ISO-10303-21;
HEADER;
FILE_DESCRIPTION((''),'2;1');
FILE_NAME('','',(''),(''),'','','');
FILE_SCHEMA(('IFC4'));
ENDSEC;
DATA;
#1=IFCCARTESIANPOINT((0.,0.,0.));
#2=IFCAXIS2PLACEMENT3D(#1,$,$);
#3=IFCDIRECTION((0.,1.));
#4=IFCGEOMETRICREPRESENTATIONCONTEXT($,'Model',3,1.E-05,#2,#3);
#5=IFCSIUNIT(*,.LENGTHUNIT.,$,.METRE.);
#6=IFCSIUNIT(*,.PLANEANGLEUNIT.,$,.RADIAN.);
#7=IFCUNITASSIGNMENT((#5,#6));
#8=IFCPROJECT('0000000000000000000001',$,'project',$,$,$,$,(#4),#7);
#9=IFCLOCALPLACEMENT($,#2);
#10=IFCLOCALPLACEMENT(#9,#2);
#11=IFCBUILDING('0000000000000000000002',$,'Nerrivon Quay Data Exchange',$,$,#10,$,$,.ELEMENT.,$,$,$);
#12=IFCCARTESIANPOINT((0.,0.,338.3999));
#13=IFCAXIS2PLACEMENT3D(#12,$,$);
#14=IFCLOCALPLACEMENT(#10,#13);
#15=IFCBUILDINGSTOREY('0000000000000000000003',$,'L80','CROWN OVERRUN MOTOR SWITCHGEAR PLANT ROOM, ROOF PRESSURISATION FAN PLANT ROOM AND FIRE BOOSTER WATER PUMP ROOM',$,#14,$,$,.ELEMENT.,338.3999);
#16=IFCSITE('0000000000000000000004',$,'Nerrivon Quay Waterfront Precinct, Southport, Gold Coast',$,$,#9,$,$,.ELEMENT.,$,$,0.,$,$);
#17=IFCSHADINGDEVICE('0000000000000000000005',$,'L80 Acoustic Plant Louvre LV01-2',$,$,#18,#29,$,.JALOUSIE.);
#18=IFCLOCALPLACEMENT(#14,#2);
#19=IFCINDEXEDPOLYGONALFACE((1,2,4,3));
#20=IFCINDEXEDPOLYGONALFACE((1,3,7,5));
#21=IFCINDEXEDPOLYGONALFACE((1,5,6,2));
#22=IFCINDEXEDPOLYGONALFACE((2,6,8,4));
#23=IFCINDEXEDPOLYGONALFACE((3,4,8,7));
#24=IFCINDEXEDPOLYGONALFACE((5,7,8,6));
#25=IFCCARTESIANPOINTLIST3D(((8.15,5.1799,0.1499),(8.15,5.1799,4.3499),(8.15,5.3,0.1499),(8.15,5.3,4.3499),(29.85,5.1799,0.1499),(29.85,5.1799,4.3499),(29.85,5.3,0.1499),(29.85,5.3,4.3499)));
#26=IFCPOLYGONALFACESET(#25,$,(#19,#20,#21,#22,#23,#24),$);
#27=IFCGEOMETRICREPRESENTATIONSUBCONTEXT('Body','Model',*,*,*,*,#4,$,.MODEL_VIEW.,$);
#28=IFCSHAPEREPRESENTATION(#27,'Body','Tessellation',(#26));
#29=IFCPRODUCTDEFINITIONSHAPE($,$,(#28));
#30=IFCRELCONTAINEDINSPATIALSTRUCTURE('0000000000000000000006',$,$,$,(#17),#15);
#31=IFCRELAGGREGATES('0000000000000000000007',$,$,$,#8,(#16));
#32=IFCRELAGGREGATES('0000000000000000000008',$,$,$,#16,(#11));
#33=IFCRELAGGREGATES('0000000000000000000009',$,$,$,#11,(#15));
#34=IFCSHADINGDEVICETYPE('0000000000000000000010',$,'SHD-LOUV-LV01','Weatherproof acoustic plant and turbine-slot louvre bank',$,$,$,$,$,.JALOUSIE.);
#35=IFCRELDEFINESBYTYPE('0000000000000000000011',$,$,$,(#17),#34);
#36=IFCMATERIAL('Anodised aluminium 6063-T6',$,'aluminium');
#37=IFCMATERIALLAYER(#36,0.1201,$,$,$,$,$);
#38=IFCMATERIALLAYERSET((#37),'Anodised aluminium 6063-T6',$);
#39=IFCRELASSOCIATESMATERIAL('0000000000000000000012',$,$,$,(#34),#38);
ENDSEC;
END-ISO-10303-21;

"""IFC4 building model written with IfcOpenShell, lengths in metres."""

from ifc_helpers import new_model, si_unit, direction, frame, origin, origin_2d, place, context, subcontext, project, spatial, rectangle, extrude, material, layer, layer_set, type_object, element, save


model = new_model("IFC4")

# Units and contexts
model_context = context("Model", 3, precision=1e-05, world=origin(), true_north=direction((0.0, 1.0)))
body_context = subcontext(model_context, "Body", "Model", "MODEL_VIEW")
ifc_project = project(units=[si_unit("LENGTHUNIT", "METRE"), si_unit("PLANEANGLEUNIT", "RADIAN")], contexts=[model_context])

# Site, building, storey
site_placement = place(None, origin())
site = spatial("IfcSite", under=ifc_project, at=site_placement, Name="Nerrivon Quay Waterfront Precinct, Southport, Gold Coast", CompositionType="ELEMENT", RefElevation=0.0)
building_placement = place(site_placement, origin())
building = spatial("IfcBuilding", under=site, at=building_placement, Name="Nerrivon Quay Data Exchange", CompositionType="ELEMENT")
storey_placement = place(building_placement, frame((0.0, 0.0, 338.3999)))
storey = spatial("IfcBuildingStorey", under=building, at=storey_placement, Name="L80", Description="CROWN OVERRUN MOTOR SWITCHGEAR PLANT ROOM, ROOF PRESSURISATION FAN PLANT ROOM AND FIRE BOOSTER WATER PUMP ROOM", CompositionType="ELEMENT", Elevation=338.3999)

# Shading device
ifc_material_1 = material(Name="Anodised aluminium 6063-T6", Category="aluminium")
ifc_layer_1 = layer(ifc_material_1, 0.1201)
ifc_layer_set_1 = layer_set([ifc_layer_1], Name="Anodised aluminium 6063-T6")
shading_device_type = type_object("IfcShadingDeviceType", Name="SHD-LOUV-LV01", Description="Weatherproof acoustic plant and turbine-slot louvre bank", PredefinedType="JALOUSIE", material=ifc_layer_set_1)
shading_device_placement = place(storey_placement, frame((19.0, 5.24, 0.1499), z_axis=(0.0, 0.0, 1.0), x_axis=(-1.0, 0.0, 0.0)))
element("IfcShadingDevice", 1, at=shading_device_placement, inside=storey, type_object=shading_device_type, Name="L80 Acoustic Plant Louvre LV01-2", PredefinedType="JALOUSIE", context=body_context, shape_type="SweptSolid", body=[
    extrude(rectangle(XDim=21.7, YDim=0.1201, at=origin_2d()), origin(), (0.0, 0.0, 1.0), 4.2),
])

save(model, "model.ifc")
